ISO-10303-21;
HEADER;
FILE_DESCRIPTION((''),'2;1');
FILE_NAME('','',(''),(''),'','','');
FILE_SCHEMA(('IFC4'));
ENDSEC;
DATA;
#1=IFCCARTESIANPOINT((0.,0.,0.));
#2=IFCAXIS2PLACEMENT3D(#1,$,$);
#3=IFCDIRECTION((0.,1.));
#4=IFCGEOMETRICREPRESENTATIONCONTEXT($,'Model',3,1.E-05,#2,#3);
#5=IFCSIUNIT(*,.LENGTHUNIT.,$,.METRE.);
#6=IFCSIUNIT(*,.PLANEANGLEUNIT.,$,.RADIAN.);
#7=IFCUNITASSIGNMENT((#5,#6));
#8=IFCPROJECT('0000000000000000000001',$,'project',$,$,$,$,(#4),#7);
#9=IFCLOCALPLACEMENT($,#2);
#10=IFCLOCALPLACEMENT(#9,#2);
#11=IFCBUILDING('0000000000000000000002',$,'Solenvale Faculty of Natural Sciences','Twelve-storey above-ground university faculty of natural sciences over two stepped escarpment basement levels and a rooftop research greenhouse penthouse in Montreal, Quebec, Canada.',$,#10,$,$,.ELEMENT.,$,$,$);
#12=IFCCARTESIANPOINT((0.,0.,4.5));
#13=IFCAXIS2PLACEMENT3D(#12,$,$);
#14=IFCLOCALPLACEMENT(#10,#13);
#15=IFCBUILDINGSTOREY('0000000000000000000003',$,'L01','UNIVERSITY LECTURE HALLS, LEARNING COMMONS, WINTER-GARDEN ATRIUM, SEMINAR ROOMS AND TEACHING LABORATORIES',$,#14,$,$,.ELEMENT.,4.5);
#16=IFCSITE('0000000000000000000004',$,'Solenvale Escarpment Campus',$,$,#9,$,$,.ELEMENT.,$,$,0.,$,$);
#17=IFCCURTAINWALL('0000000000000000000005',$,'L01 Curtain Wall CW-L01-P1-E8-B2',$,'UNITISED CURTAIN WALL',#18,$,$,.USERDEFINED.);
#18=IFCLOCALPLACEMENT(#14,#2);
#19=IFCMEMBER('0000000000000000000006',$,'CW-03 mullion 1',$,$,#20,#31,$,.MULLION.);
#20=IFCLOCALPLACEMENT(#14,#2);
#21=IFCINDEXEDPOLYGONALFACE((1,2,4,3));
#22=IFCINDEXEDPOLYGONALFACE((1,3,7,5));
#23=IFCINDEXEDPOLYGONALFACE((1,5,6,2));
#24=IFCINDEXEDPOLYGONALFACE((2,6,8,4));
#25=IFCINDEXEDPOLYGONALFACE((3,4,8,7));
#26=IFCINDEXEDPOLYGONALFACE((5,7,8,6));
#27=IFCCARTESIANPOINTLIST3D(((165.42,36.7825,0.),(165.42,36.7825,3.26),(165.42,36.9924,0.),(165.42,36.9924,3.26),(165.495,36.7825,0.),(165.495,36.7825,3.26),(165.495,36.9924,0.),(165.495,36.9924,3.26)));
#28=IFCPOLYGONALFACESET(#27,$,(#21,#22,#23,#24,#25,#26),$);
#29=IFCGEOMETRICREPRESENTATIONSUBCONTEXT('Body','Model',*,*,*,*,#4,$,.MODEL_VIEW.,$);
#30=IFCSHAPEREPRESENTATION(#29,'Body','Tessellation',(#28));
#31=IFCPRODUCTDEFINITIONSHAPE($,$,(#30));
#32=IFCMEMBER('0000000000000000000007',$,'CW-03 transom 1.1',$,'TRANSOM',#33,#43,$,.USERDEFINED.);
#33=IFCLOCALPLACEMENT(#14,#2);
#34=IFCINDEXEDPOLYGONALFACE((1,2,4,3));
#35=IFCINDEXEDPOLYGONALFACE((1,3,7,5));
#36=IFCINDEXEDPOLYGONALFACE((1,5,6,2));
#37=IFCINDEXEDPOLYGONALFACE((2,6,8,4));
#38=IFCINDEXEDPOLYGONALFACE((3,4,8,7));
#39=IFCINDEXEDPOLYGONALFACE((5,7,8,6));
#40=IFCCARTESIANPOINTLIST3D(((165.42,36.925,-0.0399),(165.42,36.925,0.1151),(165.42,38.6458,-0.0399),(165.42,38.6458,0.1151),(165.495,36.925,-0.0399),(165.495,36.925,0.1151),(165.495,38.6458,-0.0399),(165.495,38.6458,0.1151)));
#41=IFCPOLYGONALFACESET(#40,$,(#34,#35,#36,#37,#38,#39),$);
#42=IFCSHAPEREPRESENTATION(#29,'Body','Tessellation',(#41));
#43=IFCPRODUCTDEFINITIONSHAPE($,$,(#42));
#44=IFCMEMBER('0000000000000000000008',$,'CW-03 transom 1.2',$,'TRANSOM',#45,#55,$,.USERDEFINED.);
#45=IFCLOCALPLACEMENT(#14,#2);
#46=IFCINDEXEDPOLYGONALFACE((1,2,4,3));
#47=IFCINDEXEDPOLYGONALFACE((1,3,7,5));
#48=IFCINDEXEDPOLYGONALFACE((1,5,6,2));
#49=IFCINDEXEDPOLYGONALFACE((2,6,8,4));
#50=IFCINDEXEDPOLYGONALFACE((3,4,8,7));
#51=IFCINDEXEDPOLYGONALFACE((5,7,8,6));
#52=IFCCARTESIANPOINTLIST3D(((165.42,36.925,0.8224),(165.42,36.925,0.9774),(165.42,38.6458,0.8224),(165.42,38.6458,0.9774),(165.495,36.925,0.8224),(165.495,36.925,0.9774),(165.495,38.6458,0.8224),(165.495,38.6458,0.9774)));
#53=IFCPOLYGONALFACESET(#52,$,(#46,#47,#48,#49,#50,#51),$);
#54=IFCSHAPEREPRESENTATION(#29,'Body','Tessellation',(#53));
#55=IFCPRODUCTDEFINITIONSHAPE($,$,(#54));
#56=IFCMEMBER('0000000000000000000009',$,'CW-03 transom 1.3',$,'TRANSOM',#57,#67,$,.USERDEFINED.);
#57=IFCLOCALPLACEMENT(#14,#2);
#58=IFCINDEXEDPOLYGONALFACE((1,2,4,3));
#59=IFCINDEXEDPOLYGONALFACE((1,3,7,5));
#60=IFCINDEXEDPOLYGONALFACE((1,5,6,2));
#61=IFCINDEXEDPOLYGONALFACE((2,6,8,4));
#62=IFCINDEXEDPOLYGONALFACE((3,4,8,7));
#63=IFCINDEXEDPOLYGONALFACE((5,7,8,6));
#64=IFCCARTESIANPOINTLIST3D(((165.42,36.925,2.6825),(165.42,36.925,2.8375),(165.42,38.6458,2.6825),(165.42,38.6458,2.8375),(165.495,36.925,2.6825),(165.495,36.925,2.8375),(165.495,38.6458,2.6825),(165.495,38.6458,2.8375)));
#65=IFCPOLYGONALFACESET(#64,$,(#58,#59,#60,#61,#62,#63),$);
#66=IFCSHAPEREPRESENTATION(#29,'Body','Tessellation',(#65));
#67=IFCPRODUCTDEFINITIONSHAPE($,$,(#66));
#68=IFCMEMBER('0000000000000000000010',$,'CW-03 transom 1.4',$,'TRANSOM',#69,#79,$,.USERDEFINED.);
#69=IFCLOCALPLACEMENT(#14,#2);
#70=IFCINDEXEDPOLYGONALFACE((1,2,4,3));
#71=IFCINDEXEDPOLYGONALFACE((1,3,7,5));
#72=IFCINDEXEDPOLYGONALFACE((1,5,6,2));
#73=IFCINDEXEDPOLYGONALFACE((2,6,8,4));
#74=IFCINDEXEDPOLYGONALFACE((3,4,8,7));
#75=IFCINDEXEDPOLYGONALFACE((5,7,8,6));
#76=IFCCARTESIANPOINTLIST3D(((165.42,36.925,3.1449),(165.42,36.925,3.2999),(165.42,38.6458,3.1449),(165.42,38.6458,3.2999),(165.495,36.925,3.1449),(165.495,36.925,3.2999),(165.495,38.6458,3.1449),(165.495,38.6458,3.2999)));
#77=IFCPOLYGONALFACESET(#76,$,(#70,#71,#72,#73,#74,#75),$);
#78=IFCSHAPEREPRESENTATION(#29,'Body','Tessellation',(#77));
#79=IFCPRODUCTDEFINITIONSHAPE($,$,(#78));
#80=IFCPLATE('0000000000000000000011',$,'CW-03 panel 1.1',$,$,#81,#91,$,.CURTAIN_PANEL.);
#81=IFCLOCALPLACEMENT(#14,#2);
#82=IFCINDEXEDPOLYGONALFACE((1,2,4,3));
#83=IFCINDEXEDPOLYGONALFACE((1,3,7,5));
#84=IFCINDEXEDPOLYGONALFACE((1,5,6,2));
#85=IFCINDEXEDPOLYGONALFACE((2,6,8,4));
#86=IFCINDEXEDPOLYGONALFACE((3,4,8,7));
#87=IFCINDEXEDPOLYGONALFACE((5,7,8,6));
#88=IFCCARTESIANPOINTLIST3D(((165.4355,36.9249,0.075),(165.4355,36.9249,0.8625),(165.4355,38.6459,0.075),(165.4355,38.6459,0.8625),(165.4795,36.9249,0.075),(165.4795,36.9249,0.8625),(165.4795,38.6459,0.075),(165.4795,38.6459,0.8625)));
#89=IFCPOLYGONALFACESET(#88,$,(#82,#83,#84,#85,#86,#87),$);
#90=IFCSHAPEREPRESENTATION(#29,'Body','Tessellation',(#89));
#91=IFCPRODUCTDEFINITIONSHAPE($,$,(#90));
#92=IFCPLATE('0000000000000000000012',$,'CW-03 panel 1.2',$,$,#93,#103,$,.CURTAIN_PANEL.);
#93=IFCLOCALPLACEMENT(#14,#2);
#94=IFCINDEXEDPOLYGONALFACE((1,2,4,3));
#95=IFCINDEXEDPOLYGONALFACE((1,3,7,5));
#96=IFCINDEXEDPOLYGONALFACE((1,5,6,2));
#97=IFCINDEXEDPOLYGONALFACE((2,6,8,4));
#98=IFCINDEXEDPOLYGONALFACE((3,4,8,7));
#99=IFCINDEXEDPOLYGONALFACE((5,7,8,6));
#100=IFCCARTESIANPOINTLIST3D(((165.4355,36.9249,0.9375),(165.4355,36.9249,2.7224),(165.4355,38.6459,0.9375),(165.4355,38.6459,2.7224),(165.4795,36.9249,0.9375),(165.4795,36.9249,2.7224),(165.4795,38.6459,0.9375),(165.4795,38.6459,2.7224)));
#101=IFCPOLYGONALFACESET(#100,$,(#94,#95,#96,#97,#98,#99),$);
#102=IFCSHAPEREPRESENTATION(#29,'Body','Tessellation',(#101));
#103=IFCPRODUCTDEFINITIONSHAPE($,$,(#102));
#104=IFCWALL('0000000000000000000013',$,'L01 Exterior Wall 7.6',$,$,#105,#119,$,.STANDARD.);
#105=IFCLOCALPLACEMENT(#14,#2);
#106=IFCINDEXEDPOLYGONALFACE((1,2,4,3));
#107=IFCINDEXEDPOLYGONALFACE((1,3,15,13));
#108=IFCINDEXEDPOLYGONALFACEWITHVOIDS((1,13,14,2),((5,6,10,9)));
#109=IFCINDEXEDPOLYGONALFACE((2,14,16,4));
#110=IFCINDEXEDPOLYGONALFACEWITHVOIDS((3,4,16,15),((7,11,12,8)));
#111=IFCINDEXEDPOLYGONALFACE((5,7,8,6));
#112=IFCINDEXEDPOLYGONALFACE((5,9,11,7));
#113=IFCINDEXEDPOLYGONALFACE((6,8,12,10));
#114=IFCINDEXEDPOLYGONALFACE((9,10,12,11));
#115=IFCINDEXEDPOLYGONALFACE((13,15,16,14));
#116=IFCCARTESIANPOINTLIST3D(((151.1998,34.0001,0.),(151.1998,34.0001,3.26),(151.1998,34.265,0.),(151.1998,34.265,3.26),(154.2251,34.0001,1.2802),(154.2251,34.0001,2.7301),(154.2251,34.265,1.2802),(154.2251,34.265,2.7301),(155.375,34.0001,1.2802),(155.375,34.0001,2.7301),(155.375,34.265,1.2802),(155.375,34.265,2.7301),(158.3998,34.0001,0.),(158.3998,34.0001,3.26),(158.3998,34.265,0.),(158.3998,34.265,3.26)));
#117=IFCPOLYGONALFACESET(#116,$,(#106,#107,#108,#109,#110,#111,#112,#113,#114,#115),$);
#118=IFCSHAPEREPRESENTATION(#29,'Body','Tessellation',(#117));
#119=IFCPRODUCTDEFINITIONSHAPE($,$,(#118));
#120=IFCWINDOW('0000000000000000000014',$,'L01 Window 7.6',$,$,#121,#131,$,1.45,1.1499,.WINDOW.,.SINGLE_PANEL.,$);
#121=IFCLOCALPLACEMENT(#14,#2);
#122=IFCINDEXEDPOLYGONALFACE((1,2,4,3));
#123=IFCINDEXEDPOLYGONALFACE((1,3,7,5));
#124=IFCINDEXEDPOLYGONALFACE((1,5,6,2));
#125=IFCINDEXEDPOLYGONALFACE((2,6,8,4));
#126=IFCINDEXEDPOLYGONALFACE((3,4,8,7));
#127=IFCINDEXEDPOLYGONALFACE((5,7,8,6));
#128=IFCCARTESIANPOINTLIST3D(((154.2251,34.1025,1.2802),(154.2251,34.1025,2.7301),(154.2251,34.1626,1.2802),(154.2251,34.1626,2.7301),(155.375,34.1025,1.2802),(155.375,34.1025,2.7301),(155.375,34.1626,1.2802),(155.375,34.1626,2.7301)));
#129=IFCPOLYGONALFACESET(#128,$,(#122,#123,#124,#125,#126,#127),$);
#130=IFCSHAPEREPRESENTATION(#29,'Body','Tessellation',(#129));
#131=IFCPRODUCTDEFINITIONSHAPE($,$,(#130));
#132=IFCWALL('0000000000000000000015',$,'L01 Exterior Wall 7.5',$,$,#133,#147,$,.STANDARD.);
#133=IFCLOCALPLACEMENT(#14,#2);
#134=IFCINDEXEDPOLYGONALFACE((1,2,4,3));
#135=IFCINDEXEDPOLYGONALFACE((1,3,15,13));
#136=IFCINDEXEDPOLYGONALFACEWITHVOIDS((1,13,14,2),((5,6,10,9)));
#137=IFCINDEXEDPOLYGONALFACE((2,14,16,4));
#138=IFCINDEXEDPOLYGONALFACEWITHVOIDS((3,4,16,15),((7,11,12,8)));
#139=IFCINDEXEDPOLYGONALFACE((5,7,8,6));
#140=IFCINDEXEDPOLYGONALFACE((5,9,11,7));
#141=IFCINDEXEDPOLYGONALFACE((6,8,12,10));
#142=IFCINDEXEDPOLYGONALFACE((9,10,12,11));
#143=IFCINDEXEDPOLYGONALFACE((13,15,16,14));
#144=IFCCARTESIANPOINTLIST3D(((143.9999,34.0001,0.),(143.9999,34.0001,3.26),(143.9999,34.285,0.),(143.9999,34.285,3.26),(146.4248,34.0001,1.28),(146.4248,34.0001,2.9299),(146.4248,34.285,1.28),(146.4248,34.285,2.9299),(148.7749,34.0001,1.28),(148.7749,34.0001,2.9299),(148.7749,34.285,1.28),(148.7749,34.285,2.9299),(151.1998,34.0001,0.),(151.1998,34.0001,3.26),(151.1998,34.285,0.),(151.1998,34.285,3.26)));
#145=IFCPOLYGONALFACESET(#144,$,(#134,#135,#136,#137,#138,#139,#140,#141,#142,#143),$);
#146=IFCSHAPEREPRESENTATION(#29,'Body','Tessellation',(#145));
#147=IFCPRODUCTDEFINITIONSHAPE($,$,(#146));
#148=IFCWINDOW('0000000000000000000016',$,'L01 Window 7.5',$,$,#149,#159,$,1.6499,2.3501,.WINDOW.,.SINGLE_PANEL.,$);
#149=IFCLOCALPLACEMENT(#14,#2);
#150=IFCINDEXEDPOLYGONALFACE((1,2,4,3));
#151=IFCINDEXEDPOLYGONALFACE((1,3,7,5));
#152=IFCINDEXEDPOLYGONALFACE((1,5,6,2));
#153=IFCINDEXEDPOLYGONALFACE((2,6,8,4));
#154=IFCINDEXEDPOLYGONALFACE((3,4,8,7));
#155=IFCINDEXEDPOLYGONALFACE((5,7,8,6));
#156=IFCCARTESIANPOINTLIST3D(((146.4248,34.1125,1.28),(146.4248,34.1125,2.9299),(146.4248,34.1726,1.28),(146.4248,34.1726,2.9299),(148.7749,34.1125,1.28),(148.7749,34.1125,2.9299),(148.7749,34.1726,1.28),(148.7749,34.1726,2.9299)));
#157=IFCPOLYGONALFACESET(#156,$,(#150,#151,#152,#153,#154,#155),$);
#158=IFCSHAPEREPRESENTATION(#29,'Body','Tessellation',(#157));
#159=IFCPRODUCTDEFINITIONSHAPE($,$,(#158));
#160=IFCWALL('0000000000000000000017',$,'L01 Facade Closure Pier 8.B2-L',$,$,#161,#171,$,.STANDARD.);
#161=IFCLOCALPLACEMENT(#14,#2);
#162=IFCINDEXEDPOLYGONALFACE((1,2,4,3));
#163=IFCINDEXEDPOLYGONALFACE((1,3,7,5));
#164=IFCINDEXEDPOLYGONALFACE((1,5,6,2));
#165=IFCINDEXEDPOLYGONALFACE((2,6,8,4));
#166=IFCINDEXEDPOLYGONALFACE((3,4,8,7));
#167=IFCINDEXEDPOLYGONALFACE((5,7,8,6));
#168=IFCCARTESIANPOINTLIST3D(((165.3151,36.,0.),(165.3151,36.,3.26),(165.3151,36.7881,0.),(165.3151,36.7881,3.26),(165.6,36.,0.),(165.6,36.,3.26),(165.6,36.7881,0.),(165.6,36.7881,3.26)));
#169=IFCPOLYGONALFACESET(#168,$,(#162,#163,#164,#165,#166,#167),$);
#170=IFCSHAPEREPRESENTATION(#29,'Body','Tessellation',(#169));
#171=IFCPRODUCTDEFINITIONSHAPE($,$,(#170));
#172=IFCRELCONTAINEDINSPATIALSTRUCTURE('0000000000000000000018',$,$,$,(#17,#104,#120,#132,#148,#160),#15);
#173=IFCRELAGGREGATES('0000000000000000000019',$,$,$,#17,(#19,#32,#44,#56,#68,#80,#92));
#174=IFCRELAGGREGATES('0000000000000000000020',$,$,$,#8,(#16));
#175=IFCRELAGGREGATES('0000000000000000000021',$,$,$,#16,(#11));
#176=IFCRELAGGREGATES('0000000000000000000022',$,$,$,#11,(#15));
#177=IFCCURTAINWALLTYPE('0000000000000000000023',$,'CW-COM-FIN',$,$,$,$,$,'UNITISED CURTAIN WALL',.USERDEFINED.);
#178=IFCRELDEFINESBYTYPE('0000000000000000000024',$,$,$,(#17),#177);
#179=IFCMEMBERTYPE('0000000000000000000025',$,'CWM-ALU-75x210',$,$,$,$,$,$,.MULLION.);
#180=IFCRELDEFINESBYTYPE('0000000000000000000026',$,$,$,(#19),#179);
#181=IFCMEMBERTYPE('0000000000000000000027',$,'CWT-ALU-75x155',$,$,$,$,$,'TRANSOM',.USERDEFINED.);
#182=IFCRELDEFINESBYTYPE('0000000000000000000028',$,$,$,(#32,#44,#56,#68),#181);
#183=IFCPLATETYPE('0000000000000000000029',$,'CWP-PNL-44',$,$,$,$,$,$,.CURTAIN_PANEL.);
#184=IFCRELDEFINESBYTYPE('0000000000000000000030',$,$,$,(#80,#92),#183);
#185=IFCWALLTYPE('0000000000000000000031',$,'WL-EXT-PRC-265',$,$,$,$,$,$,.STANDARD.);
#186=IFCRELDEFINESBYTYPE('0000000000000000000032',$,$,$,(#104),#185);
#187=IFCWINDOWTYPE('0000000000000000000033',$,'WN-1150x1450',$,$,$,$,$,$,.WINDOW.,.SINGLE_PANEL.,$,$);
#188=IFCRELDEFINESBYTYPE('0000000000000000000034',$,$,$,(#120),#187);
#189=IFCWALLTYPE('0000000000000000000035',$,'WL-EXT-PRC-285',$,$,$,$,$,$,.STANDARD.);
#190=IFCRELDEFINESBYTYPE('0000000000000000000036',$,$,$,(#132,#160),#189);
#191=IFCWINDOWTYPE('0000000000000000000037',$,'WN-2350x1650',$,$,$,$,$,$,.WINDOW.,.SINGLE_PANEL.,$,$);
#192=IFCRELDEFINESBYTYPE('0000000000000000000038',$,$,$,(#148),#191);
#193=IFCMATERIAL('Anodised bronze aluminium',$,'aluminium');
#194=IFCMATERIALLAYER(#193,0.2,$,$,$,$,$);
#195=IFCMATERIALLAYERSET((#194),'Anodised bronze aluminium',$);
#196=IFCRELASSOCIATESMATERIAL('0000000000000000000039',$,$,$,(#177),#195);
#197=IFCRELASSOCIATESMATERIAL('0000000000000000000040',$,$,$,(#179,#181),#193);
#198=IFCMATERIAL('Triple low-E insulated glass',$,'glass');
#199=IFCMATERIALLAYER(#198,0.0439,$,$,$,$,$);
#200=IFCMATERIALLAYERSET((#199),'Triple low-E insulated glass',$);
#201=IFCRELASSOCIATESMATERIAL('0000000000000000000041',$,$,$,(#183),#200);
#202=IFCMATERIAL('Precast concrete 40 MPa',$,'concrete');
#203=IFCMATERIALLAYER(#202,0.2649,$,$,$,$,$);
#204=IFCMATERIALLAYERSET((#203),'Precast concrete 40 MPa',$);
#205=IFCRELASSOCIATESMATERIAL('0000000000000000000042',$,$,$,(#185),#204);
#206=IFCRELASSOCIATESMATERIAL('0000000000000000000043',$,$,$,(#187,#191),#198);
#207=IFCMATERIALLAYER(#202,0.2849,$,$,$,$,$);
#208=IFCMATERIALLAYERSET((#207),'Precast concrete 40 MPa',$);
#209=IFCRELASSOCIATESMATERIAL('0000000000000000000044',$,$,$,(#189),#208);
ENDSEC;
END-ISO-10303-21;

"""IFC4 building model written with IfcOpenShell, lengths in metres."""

from ifc_helpers import new_model, si_unit, direction, frame, frame_2d, origin, origin_2d, place, context, subcontext, project, spatial, rectangle, extrude, material, layer, layer_set, material_profile, profile_set, type_object, element, fill, aggregate, save


model = new_model("IFC4")

# Units and contexts
model_context = context("Model", 3, precision=1e-05, world=origin(), true_north=direction((0.0, 1.0)))
body_context = subcontext(model_context, "Body", "Model", "MODEL_VIEW")
ifc_project = project(units=[si_unit("LENGTHUNIT", "METRE"), si_unit("PLANEANGLEUNIT", "RADIAN")], contexts=[model_context])

# Site, building, storey
site_placement = place(None, origin())
site = spatial("IfcSite", under=ifc_project, at=site_placement, Name="Solenvale Escarpment Campus", CompositionType="ELEMENT", RefElevation=0.0)
building_placement = place(site_placement, origin())
building = spatial("IfcBuilding", under=site, at=building_placement, Name="Solenvale Faculty of Natural Sciences", Description="Twelve-storey above-ground university faculty of natural sciences over two stepped escarpment basement levels and a rooftop research greenhouse penthouse in Montreal, Quebec, Canada.", CompositionType="ELEMENT")
storey_placement = place(building_placement, frame((0.0, 0.0, 4.5)))
storey = spatial("IfcBuildingStorey", under=building, at=storey_placement, Name="L01", Description="UNIVERSITY LECTURE HALLS, LEARNING COMMONS, WINTER-GARDEN ATRIUM, SEMINAR ROOMS AND TEACHING LABORATORIES", CompositionType="ELEMENT", Elevation=4.5)

# Curtain wall, members, plates
ifc_material_1 = material(Name="Anodised bronze aluminium", Category="aluminium")
ifc_layer_1 = layer(ifc_material_1, 0.2)
ifc_layer_set_1 = layer_set([ifc_layer_1], Name="Anodised bronze aluminium")
curtain_wall_type = type_object("IfcCurtainWallType", Name="CW-COM-FIN", ElementType="UNITISED CURTAIN WALL", PredefinedType="USERDEFINED", material=ifc_layer_set_1)
curtain_wall_placement = place(storey_placement, origin())
curtain_wall = element("IfcCurtainWall", 1, at=curtain_wall_placement, inside=storey, type_object=curtain_wall_type, Name="L01 Curtain Wall CW-L01-P1-E8-B2", ObjectType="UNITISED CURTAIN WALL", PredefinedType="USERDEFINED")
ifc_material_profile_1 = material_profile(ifc_material_1, rectangle(XDim=0.075, YDim=0.21, at=origin_2d()), Name="ALU-MUL-75x210")
ifc_profile_set_1 = profile_set([ifc_material_profile_1], Name="Anodised bronze aluminium")
member_type_1 = type_object("IfcMemberType", Name="CWM-ALU-75x210", PredefinedType="MULLION", material=ifc_profile_set_1)
member_1_placement = place(storey_placement, frame((165.4575, 36.8875, 0.0), z_axis=(0.0, 0.0, 1.0), x_axis=(-1.0, 0.0, 0.0)))
member_1 = element("IfcMember", 2, at=member_1_placement, type_object=member_type_1, Name="CW-03 mullion 1", PredefinedType="MULLION", context=body_context, shape_type="SweptSolid", body=[
    extrude(rectangle(XDim=0.075, YDim=0.21, at=origin_2d()), origin(), (0.0, 0.0, 1.0), 3.26),
])
ifc_material_profile_2 = material_profile(ifc_material_1, rectangle(XDim=0.075, YDim=0.155, at=origin_2d()), Name="ALU-TRN-75x155")
ifc_profile_set_2 = profile_set([ifc_material_profile_2], Name="Anodised bronze aluminium")
member_type_2 = type_object("IfcMemberType", Name="CWT-ALU-75x155", ElementType="TRANSOM", PredefinedType="USERDEFINED", material=ifc_profile_set_2)
member_2_placement = place(storey_placement, frame((165.4575, 36.925, 0.0376), z_axis=(0.0, 1.0, 0.0), x_axis=(-1.0, 0.0, 0.0)))
member_2 = element("IfcMember", 3, at=member_2_placement, type_object=member_type_2, Name="CW-03 transom 1.1", ObjectType="TRANSOM", PredefinedType="USERDEFINED", context=body_context, shape_type="SweptSolid", body=[
    extrude(rectangle(XDim=0.075, YDim=0.155, at=origin_2d()), origin(), (0.0, 0.0, 1.0), 1.7207),
])
member_3_placement = place(storey_placement, frame((165.4575, 36.925, 0.8999), z_axis=(0.0, 1.0, 0.0), x_axis=(-1.0, 0.0, 0.0)))
member_3 = element("IfcMember", 4, at=member_3_placement, type_object=member_type_2, Name="CW-03 transom 1.2", ObjectType="TRANSOM", PredefinedType="USERDEFINED", context=body_context, shape_type="SweptSolid", body=[
    extrude(rectangle(XDim=0.075, YDim=0.155, at=origin_2d()), origin(), (0.0, 0.0, 1.0), 1.7207),
])
member_4_placement = place(storey_placement, frame((165.4575, 36.925, 2.76), z_axis=(0.0, 1.0, 0.0), x_axis=(-1.0, 0.0, 0.0)))
member_4 = element("IfcMember", 5, at=member_4_placement, type_object=member_type_2, Name="CW-03 transom 1.3", ObjectType="TRANSOM", PredefinedType="USERDEFINED", context=body_context, shape_type="SweptSolid", body=[
    extrude(rectangle(XDim=0.075, YDim=0.155, at=origin_2d()), origin(), (0.0, 0.0, 1.0), 1.7207),
])
member_5_placement = place(storey_placement, frame((165.4575, 36.925, 3.2224), z_axis=(0.0, 1.0, 0.0), x_axis=(-1.0, 0.0, 0.0)))
member_5 = element("IfcMember", 6, at=member_5_placement, type_object=member_type_2, Name="CW-03 transom 1.4", ObjectType="TRANSOM", PredefinedType="USERDEFINED", context=body_context, shape_type="SweptSolid", body=[
    extrude(rectangle(XDim=0.075, YDim=0.155, at=origin_2d()), origin(), (0.0, 0.0, 1.0), 1.7207),
])
ifc_material_2 = material(Name="Triple low-E insulated glass", Category="glass")
ifc_layer_2 = layer(ifc_material_2, 0.0439)
ifc_layer_set_2 = layer_set([ifc_layer_2], Name="Triple low-E insulated glass")
plate_type = type_object("IfcPlateType", Name="CWP-PNL-44", PredefinedType="CURTAIN_PANEL", material=ifc_layer_set_2)
plate_1_placement = place(storey_placement, frame((165.4575, 37.7854, 0.075), z_axis=(0.0, 0.0, 1.0), x_axis=(0.0, 1.0, 0.0)))
plate_1 = element("IfcPlate", 7, at=plate_1_placement, type_object=plate_type, Name="CW-03 panel 1.1", PredefinedType="CURTAIN_PANEL", context=body_context, shape_type="SweptSolid", body=[
    extrude(rectangle(XDim=1.7209, YDim=0.0439, at=origin_2d()), origin(), (0.0, 0.0, 1.0), 0.7876),
])
plate_2_placement = place(storey_placement, frame((165.4575, 37.7854, 0.9375), z_axis=(0.0, 0.0, 1.0), x_axis=(0.0, 1.0, 0.0)))
plate_2 = element("IfcPlate", 8, at=plate_2_placement, type_object=plate_type, Name="CW-03 panel 1.2", PredefinedType="CURTAIN_PANEL", context=body_context, shape_type="SweptSolid", body=[
    extrude(rectangle(XDim=1.7209, YDim=0.0439, at=origin_2d()), origin(), (0.0, 0.0, 1.0), 1.7849),
])
aggregate(curtain_wall, [member_1, member_2, member_3, member_4, member_5, plate_1, plate_2])

# Walls, openings, windows
ifc_material_3 = material(Name="Precast concrete 40 MPa", Category="concrete")
ifc_layer_3 = layer(ifc_material_3, 0.2649)
ifc_layer_set_3 = layer_set([ifc_layer_3], Name="Precast concrete 40 MPa")
wall_type_1 = type_object("IfcWallType", Name="WL-EXT-PRC-265", PredefinedType="STANDARD", material=ifc_layer_set_3)
wall_1_placement = place(storey_placement, frame((158.3999, 34.1326, 0.0), z_axis=(0.0, 0.0, 1.0), x_axis=(-1.0, 0.0, 0.0)))
wall_1 = element("IfcWall", 9, at=wall_1_placement, inside=storey, type_object=wall_type_1, Name="L01 Exterior Wall 7.6", PredefinedType="STANDARD", context=body_context, shape_type="SweptSolid", body=[
    extrude(rectangle(XDim=7.2, YDim=0.2649, at=frame_2d((3.6001, 0.0))), origin(), (0.0, 0.0, 1.0), 3.26),
])
opening_1_placement = place(wall_1_placement, frame((3.0249, 0.0, 1.28)))
opening_1 = element("IfcOpeningElement", 10, at=opening_1_placement, cuts=wall_1, PredefinedType="OPENING", context=body_context, shape_type="SweptSolid", body=[
    extrude(rectangle(XDim=1.1499, YDim=1.45, at=frame_2d((0.575, 0.7251))), frame((0.0, 0.1423, 0.0), z_axis=(0.0, -1.0, 0.0), x_axis=(1.0, 0.0, 0.0)), (0.0, 0.0, 1.0), 0.2849),
])
window_type_1 = type_object("IfcWindowType", Name="WN-1150x1450", PartitioningType="SINGLE_PANEL", PredefinedType="WINDOW", material=ifc_material_2)
window_1_placement = place(opening_1_placement, origin())
window_1 = element("IfcWindow", 11, at=window_1_placement, inside=storey, type_object=window_type_1, Name="L01 Window 7.6", OverallHeight=1.45, OverallWidth=1.1499, PartitioningType="SINGLE_PANEL", PredefinedType="WINDOW", context=body_context, shape_type="SweptSolid", body=[
    extrude(rectangle(XDim=1.1499, YDim=1.45, at=frame_2d((0.575, 0.7251))), frame((0.0, 0.03, 0.0), z_axis=(0.0, -1.0, 0.0), x_axis=(1.0, 0.0, 0.0)), (0.0, 0.0, 1.0), 0.0601),
])
fill(opening_1, window_1)
ifc_layer_4 = layer(ifc_material_3, 0.2849)
ifc_layer_set_4 = layer_set([ifc_layer_4], Name="Precast concrete 40 MPa")
wall_type_2 = type_object("IfcWallType", Name="WL-EXT-PRC-285", PredefinedType="STANDARD", material=ifc_layer_set_4)
wall_2_placement = place(storey_placement, frame((151.2, 34.1426, 0.0), z_axis=(0.0, 0.0, 1.0), x_axis=(-1.0, 0.0, 0.0)))
wall_2 = element("IfcWall", 12, at=wall_2_placement, inside=storey, type_object=wall_type_2, Name="L01 Exterior Wall 7.5", PredefinedType="STANDARD", context=body_context, shape_type="SweptSolid", body=[
    extrude(rectangle(XDim=7.2, YDim=0.2849, at=frame_2d((3.6001, 0.0))), origin(), (0.0, 0.0, 1.0), 3.26),
])
opening_2_placement = place(wall_2_placement, frame((2.425, 0.0, 1.28)))
opening_2 = element("IfcOpeningElement", 13, at=opening_2_placement, cuts=wall_2, PredefinedType="OPENING", context=body_context, shape_type="SweptSolid", body=[
    extrude(rectangle(XDim=2.3501, YDim=1.6499, at=frame_2d((1.175, 0.825))), frame((0.0, 0.1523, 0.0), z_axis=(0.0, -1.0, 0.0), x_axis=(1.0, 0.0, 0.0)), (0.0, 0.0, 1.0), 0.3049),
])
window_type_2 = type_object("IfcWindowType", Name="WN-2350x1650", PartitioningType="SINGLE_PANEL", PredefinedType="WINDOW", material=ifc_material_2)
window_2_placement = place(opening_2_placement, origin())
window_2 = element("IfcWindow", 14, at=window_2_placement, inside=storey, type_object=window_type_2, Name="L01 Window 7.5", OverallHeight=1.6499, OverallWidth=2.3501, PartitioningType="SINGLE_PANEL", PredefinedType="WINDOW", context=body_context, shape_type="SweptSolid", body=[
    extrude(rectangle(XDim=2.3501, YDim=1.6499, at=frame_2d((1.175, 0.825))), frame((0.0, 0.03, 0.0), z_axis=(0.0, -1.0, 0.0), x_axis=(1.0, 0.0, 0.0)), (0.0, 0.0, 1.0), 0.0601),
])
fill(opening_2, window_2)

# Wall
wall_3_placement = place(storey_placement, frame((165.4575, 36.0, 0.0), z_axis=(0.0, 0.0, 1.0), x_axis=(0.0, 1.0, 0.0)))
element("IfcWall", 15, at=wall_3_placement, inside=storey, type_object=wall_type_2, Name="L01 Facade Closure Pier 8.B2-L", PredefinedType="STANDARD", context=body_context, shape_type="SweptSolid", body=[
    extrude(rectangle(XDim=0.7881, YDim=0.2849, at=frame_2d((0.394, 0.0))), origin(), (0.0, 0.0, 1.0), 3.26),
])

save(model, "model.ifc")
